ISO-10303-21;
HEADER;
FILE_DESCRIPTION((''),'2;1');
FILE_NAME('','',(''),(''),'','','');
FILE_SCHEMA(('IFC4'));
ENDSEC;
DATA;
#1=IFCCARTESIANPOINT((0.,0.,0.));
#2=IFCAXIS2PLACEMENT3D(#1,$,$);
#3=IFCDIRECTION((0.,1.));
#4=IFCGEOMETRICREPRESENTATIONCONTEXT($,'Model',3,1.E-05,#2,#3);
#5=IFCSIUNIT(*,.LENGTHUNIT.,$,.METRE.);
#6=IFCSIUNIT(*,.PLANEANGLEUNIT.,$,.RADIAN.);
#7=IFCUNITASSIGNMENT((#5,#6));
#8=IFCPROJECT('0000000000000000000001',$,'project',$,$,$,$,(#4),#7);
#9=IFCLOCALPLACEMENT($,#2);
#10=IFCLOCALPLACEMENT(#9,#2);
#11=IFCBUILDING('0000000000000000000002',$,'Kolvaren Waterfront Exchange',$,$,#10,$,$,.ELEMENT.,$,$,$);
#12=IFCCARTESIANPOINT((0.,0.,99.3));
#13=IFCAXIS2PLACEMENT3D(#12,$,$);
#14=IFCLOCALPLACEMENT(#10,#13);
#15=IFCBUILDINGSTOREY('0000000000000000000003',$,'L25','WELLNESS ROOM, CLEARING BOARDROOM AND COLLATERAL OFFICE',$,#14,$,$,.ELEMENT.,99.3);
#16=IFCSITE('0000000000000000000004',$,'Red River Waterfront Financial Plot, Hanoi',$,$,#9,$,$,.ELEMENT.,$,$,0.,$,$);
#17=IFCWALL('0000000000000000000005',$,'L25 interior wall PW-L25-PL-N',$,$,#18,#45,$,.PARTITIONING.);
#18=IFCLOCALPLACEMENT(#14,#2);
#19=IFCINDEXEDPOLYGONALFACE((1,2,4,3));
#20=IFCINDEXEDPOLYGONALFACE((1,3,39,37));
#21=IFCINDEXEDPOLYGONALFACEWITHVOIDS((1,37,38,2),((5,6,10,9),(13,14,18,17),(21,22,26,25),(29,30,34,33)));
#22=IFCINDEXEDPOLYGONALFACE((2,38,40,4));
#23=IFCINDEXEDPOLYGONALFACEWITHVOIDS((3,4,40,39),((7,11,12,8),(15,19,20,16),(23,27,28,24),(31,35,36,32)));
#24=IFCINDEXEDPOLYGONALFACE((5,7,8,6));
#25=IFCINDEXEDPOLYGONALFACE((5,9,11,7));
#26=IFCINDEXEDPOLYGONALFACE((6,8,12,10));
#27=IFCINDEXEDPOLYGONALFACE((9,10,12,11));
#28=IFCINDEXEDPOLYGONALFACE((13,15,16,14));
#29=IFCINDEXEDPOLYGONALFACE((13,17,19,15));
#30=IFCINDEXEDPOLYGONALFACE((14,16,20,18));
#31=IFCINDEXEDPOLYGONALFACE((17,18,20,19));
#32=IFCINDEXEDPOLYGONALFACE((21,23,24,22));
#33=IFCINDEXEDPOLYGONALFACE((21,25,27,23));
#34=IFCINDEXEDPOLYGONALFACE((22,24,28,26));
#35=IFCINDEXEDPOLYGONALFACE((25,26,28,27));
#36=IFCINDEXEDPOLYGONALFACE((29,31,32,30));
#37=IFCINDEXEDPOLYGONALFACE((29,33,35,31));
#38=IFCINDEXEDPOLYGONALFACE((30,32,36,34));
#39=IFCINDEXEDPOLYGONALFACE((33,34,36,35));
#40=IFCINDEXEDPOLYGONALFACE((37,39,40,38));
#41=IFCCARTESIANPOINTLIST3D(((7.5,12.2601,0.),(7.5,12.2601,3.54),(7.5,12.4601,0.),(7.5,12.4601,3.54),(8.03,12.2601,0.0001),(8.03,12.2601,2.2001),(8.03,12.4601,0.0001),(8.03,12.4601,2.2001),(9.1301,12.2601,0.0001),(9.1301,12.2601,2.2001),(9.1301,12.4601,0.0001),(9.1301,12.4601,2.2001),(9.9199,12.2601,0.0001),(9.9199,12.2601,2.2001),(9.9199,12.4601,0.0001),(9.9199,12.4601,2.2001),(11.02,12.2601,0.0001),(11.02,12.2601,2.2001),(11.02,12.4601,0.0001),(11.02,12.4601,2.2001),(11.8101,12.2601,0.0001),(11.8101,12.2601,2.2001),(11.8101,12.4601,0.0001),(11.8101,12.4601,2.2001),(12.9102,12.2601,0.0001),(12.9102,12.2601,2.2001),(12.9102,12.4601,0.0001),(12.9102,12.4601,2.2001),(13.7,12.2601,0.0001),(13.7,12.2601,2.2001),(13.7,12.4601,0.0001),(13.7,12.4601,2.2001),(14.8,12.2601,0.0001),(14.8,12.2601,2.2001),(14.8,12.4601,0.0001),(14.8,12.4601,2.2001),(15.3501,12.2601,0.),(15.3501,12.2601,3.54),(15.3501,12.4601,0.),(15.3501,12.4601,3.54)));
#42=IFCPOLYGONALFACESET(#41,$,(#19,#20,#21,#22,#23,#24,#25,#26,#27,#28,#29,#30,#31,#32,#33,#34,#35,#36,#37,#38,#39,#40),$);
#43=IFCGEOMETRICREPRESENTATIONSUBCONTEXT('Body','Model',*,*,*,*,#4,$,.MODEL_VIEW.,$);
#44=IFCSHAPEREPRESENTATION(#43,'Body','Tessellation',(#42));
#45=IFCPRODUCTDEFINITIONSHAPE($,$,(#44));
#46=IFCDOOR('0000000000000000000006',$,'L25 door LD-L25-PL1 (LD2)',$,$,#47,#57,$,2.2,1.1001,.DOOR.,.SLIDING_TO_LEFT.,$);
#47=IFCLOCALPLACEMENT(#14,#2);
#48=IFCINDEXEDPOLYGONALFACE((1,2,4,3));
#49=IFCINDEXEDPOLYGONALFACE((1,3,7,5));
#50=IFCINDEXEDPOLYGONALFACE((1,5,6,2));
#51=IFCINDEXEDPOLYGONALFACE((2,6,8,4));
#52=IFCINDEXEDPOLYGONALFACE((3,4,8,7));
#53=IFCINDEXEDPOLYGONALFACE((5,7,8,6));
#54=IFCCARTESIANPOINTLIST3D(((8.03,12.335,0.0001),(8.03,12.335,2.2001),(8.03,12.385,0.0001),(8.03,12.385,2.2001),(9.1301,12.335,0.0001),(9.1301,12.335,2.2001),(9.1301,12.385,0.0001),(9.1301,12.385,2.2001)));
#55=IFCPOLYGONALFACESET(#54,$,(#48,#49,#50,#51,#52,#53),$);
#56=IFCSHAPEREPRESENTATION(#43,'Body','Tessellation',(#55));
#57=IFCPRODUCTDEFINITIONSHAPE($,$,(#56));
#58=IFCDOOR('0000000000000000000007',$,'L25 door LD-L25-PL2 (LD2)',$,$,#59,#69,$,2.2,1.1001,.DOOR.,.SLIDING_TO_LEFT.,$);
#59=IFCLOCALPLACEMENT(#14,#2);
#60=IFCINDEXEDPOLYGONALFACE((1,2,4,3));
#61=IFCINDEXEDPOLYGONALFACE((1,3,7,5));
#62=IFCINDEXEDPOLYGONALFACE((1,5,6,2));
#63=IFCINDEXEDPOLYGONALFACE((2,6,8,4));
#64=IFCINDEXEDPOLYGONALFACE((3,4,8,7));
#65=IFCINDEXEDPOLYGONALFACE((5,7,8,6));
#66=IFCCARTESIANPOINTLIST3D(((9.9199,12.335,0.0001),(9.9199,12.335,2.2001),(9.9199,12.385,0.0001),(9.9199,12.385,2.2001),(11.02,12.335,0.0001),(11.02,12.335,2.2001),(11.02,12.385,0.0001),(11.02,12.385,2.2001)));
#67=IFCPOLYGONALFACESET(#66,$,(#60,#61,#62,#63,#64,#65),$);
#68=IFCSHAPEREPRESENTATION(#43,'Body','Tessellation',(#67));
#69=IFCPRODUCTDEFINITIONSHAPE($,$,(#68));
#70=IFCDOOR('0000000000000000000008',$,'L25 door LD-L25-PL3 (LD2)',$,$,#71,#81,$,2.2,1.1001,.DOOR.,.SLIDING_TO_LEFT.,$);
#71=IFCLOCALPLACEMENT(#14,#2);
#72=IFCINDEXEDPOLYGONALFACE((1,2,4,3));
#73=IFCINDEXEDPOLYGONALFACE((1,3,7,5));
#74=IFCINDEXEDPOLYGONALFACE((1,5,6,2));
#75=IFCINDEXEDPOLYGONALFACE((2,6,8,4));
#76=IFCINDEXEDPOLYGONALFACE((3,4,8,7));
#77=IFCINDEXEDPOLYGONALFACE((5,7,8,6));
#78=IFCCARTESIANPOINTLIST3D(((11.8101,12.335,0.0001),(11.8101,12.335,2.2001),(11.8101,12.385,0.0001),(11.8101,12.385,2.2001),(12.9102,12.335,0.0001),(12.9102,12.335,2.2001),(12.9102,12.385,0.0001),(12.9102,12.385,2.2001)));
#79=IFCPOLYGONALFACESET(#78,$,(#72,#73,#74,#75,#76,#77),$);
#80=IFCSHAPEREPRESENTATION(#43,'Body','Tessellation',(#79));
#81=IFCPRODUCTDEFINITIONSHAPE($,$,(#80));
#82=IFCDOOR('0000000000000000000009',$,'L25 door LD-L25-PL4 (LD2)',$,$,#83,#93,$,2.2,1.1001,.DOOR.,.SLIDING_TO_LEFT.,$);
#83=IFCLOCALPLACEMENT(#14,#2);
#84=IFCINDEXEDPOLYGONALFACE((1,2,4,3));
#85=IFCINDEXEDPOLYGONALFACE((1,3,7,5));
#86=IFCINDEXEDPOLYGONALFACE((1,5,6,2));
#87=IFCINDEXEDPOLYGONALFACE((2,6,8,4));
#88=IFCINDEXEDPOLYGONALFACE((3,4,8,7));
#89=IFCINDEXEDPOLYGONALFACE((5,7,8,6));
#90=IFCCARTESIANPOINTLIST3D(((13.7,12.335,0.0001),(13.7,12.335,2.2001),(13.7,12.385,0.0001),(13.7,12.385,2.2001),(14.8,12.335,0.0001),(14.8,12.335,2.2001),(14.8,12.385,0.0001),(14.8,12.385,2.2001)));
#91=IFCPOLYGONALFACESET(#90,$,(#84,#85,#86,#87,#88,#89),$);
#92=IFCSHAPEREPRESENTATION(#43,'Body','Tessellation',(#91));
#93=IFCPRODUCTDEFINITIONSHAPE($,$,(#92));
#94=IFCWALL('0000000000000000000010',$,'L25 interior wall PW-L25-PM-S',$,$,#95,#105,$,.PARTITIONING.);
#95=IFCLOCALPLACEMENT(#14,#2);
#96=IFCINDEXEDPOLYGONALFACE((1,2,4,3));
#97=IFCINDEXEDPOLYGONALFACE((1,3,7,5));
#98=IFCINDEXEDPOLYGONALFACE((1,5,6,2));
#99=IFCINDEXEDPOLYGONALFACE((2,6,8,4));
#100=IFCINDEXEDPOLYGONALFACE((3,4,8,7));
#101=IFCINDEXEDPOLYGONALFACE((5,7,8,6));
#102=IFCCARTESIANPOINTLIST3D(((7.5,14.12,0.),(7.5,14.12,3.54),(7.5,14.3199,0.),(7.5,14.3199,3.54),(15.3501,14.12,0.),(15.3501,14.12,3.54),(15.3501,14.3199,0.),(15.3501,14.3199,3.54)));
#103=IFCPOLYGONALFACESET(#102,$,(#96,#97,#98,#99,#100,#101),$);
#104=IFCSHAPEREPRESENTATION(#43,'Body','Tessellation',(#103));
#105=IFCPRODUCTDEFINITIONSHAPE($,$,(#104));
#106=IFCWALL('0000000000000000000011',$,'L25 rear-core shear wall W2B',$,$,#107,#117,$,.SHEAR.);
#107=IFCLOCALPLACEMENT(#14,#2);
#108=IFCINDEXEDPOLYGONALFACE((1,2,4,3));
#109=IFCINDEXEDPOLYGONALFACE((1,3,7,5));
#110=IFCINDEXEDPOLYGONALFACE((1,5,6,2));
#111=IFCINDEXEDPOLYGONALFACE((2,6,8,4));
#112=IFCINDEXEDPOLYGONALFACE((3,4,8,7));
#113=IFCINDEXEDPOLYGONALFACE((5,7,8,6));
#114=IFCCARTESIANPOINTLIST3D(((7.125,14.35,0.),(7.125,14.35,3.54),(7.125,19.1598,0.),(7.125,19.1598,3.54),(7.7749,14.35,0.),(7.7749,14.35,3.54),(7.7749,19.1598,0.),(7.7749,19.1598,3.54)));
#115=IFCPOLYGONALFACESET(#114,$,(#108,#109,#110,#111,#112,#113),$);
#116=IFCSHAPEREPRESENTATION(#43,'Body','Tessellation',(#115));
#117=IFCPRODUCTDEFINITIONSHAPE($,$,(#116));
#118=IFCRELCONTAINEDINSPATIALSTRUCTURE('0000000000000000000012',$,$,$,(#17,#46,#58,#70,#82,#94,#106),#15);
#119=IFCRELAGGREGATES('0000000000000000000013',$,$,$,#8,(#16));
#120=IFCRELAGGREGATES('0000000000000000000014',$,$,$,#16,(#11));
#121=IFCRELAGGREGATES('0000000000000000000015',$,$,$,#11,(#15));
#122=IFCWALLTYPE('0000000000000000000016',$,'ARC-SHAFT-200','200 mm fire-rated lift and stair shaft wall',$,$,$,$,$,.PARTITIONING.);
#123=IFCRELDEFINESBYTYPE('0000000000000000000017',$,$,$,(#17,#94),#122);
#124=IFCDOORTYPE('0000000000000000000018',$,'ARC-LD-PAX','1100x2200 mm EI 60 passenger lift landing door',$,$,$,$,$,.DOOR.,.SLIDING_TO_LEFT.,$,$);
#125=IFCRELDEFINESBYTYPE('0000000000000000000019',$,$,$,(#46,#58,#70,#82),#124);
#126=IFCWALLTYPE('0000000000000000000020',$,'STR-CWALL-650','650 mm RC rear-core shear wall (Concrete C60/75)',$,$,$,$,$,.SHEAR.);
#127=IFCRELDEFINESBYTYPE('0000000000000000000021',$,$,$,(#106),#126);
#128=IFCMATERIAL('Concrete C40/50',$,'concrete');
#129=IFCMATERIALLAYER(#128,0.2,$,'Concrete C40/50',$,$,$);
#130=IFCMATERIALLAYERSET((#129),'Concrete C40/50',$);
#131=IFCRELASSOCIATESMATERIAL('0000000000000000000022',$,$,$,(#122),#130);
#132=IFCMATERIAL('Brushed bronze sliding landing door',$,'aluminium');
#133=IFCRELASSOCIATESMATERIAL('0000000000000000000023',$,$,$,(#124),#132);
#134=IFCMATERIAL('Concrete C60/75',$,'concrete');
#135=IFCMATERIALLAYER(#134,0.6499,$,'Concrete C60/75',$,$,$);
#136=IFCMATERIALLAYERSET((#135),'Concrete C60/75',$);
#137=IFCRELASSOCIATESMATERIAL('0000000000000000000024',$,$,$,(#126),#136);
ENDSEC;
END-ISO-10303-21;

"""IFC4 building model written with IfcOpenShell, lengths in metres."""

from ifc_helpers import new_model, si_unit, direction, frame, frame_2d, origin, place, context, subcontext, project, spatial, rectangle, extrude, material, layer, layer_set, type_object, element, fill, save


model = new_model("IFC4")

# Units and contexts
model_context = context("Model", 3, precision=1e-05, world=origin(), true_north=direction((0.0, 1.0)))
body_context = subcontext(model_context, "Body", "Model", "MODEL_VIEW")
ifc_project = project(units=[si_unit("LENGTHUNIT", "METRE"), si_unit("PLANEANGLEUNIT", "RADIAN")], contexts=[model_context])

# Site, building, storey
site_placement = place(None, origin())
site = spatial("IfcSite", under=ifc_project, at=site_placement, Name="Red River Waterfront Financial Plot, Hanoi", CompositionType="ELEMENT", RefElevation=0.0)
building_placement = place(site_placement, origin())
building = spatial("IfcBuilding", under=site, at=building_placement, Name="Kolvaren Waterfront Exchange", CompositionType="ELEMENT")
storey_placement = place(building_placement, frame((0.0, 0.0, 99.3)))
storey = spatial("IfcBuildingStorey", under=building, at=storey_placement, Name="L25", Description="WELLNESS ROOM, CLEARING BOARDROOM AND COLLATERAL OFFICE", CompositionType="ELEMENT", Elevation=99.3)

# Shared definitions
ifc_material_1 = material(Name="Concrete C60/75", Category="concrete")

# Wall, openings, doors
ifc_material_2 = material(Name="Concrete C40/50", Category="concrete")
ifc_layer_1 = layer(ifc_material_2, 0.2, Name="Concrete C40/50")
ifc_layer_set_1 = layer_set([ifc_layer_1], Name="Concrete C40/50")
wall_type_1 = type_object("IfcWallType", Name="ARC-SHAFT-200", Description="200 mm fire-rated lift and stair shaft wall", PredefinedType="PARTITIONING", material=ifc_layer_set_1)
wall_1_placement = place(storey_placement, frame((7.5, 12.3601, 0.0), z_axis=(0.0, 0.0, 1.0), x_axis=(1.0, 0.0, 0.0)))
wall_1 = element("IfcWall", 1, at=wall_1_placement, inside=storey, type_object=wall_type_1, Name="L25 interior wall PW-L25-PL-N", PredefinedType="PARTITIONING", context=body_context, shape_type="SweptSolid", body=[
    extrude(rectangle(XDim=7.8501, YDim=0.2, at=frame_2d((3.925, 0.0))), origin(), (0.0, 0.0, 1.0), 3.54),
])
opening_1_placement = place(wall_1_placement, frame((0.53, 0.0, 0.0)))
opening_1 = element("IfcOpeningElement", 2, at=opening_1_placement, cuts=wall_1, PredefinedType="OPENING", context=body_context, shape_type="SweptSolid", body=[
    extrude(rectangle(XDim=1.1001, YDim=2.2, at=frame_2d((0.55, 1.1001))), frame((0.0, 0.1099, 0.0), z_axis=(0.0, -1.0, 0.0), x_axis=(1.0, 0.0, 0.0)), (0.0, 0.0, 1.0), 0.22),
])
opening_2_placement = place(wall_1_placement, frame((2.4199, 0.0, 0.0)))
opening_2 = element("IfcOpeningElement", 3, at=opening_2_placement, cuts=wall_1, PredefinedType="OPENING", context=body_context, shape_type="SweptSolid", body=[
    extrude(rectangle(XDim=1.1001, YDim=2.2, at=frame_2d((0.55, 1.1001))), frame((0.0, 0.1099, 0.0), z_axis=(0.0, -1.0, 0.0), x_axis=(1.0, 0.0, 0.0)), (0.0, 0.0, 1.0), 0.22),
])
opening_3_placement = place(wall_1_placement, frame((4.3101, 0.0, 0.0)))
opening_3 = element("IfcOpeningElement", 4, at=opening_3_placement, cuts=wall_1, PredefinedType="OPENING", context=body_context, shape_type="SweptSolid", body=[
    extrude(rectangle(XDim=1.1001, YDim=2.2, at=frame_2d((0.55, 1.1001))), frame((0.0, 0.1099, 0.0), z_axis=(0.0, -1.0, 0.0), x_axis=(1.0, 0.0, 0.0)), (0.0, 0.0, 1.0), 0.22),
])
opening_4_placement = place(wall_1_placement, frame((6.2, 0.0, 0.0)))
opening_4 = element("IfcOpeningElement", 5, at=opening_4_placement, cuts=wall_1, PredefinedType="OPENING", context=body_context, shape_type="SweptSolid", body=[
    extrude(rectangle(XDim=1.1001, YDim=2.2, at=frame_2d((0.55, 1.1001))), frame((0.0, 0.1099, 0.0), z_axis=(0.0, -1.0, 0.0), x_axis=(1.0, 0.0, 0.0)), (0.0, 0.0, 1.0), 0.22),
])
ifc_material_3 = material(Name="Brushed bronze sliding landing door", Category="aluminium")
door_type = type_object("IfcDoorType", Name="ARC-LD-PAX", Description="1100x2200 mm EI 60 passenger lift landing door", OperationType="SLIDING_TO_LEFT", PredefinedType="DOOR", material=ifc_material_3)
door_1_placement = place(opening_1_placement, origin())
door_1 = element("IfcDoor", 6, at=door_1_placement, inside=storey, type_object=door_type, Name="L25 door LD-L25-PL1 (LD2)", OperationType="SLIDING_TO_LEFT", OverallHeight=2.2, OverallWidth=1.1001, PredefinedType="DOOR", context=body_context, shape_type="SweptSolid", body=[
    extrude(rectangle(XDim=1.1001, YDim=2.2, at=frame_2d((0.55, 1.1001))), frame((0.0, 0.0249, 0.0), z_axis=(0.0, -1.0, 0.0), x_axis=(1.0, 0.0, 0.0)), (0.0, 0.0, 1.0), 0.05),
])
fill(opening_1, door_1)
door_2_placement = place(opening_2_placement, origin())
door_2 = element("IfcDoor", 7, at=door_2_placement, inside=storey, type_object=door_type, Name="L25 door LD-L25-PL2 (LD2)", OperationType="SLIDING_TO_LEFT", OverallHeight=2.2, OverallWidth=1.1001, PredefinedType="DOOR", context=body_context, shape_type="SweptSolid", body=[
    extrude(rectangle(XDim=1.1001, YDim=2.2, at=frame_2d((0.55, 1.1001))), frame((0.0, 0.0249, 0.0), z_axis=(0.0, -1.0, 0.0), x_axis=(1.0, 0.0, 0.0)), (0.0, 0.0, 1.0), 0.05),
])
fill(opening_2, door_2)
door_3_placement = place(opening_3_placement, origin())
door_3 = element("IfcDoor", 8, at=door_3_placement, inside=storey, type_object=door_type, Name="L25 door LD-L25-PL3 (LD2)", OperationType="SLIDING_TO_LEFT", OverallHeight=2.2, OverallWidth=1.1001, PredefinedType="DOOR", context=body_context, shape_type="SweptSolid", body=[
    extrude(rectangle(XDim=1.1001, YDim=2.2, at=frame_2d((0.55, 1.1001))), frame((0.0, 0.0249, 0.0), z_axis=(0.0, -1.0, 0.0), x_axis=(1.0, 0.0, 0.0)), (0.0, 0.0, 1.0), 0.05),
])
fill(opening_3, door_3)
door_4_placement = place(opening_4_placement, origin())
door_4 = element("IfcDoor", 9, at=door_4_placement, inside=storey, type_object=door_type, Name="L25 door LD-L25-PL4 (LD2)", OperationType="SLIDING_TO_LEFT", OverallHeight=2.2, OverallWidth=1.1001, PredefinedType="DOOR", context=body_context, shape_type="SweptSolid", body=[
    extrude(rectangle(XDim=1.1001, YDim=2.2, at=frame_2d((0.55, 1.1001))), frame((0.0, 0.0249, 0.0), z_axis=(0.0, -1.0, 0.0), x_axis=(1.0, 0.0, 0.0)), (0.0, 0.0, 1.0), 0.05),
])
fill(opening_4, door_4)

# Walls
wall_2_placement = place(storey_placement, frame((7.5, 14.22, 0.0), z_axis=(0.0, 0.0, 1.0), x_axis=(1.0, 0.0, 0.0)))
element("IfcWall", 10, at=wall_2_placement, inside=storey, type_object=wall_type_1, Name="L25 interior wall PW-L25-PM-S", PredefinedType="PARTITIONING", context=body_context, shape_type="SweptSolid", body=[
    extrude(rectangle(XDim=7.8501, YDim=0.2, at=frame_2d((3.925, 0.0))), origin(), (0.0, 0.0, 1.0), 3.54),
])
ifc_layer_2 = layer(ifc_material_1, 0.6499, Name="Concrete C60/75")
ifc_layer_set_2 = layer_set([ifc_layer_2], Name="Concrete C60/75")
wall_type_2 = type_object("IfcWallType", Name="STR-CWALL-650", Description="650 mm RC rear-core shear wall (Concrete C60/75)", PredefinedType="SHEAR", material=ifc_layer_set_2)
wall_3_placement = place(storey_placement, frame((7.45, 14.3501, 0.0), z_axis=(0.0, 0.0, 1.0), x_axis=(0.0, 1.0, 0.0)))
element("IfcWall", 11, at=wall_3_placement, inside=storey, type_object=wall_type_2, Name="L25 rear-core shear wall W2B", PredefinedType="SHEAR", context=body_context, shape_type="SweptSolid", body=[
    extrude(rectangle(XDim=4.8098, YDim=0.6499, at=frame_2d((2.4048, 0.0))), origin(), (0.0, 0.0, 1.0), 3.54),
])

save(model, "model.ifc")
